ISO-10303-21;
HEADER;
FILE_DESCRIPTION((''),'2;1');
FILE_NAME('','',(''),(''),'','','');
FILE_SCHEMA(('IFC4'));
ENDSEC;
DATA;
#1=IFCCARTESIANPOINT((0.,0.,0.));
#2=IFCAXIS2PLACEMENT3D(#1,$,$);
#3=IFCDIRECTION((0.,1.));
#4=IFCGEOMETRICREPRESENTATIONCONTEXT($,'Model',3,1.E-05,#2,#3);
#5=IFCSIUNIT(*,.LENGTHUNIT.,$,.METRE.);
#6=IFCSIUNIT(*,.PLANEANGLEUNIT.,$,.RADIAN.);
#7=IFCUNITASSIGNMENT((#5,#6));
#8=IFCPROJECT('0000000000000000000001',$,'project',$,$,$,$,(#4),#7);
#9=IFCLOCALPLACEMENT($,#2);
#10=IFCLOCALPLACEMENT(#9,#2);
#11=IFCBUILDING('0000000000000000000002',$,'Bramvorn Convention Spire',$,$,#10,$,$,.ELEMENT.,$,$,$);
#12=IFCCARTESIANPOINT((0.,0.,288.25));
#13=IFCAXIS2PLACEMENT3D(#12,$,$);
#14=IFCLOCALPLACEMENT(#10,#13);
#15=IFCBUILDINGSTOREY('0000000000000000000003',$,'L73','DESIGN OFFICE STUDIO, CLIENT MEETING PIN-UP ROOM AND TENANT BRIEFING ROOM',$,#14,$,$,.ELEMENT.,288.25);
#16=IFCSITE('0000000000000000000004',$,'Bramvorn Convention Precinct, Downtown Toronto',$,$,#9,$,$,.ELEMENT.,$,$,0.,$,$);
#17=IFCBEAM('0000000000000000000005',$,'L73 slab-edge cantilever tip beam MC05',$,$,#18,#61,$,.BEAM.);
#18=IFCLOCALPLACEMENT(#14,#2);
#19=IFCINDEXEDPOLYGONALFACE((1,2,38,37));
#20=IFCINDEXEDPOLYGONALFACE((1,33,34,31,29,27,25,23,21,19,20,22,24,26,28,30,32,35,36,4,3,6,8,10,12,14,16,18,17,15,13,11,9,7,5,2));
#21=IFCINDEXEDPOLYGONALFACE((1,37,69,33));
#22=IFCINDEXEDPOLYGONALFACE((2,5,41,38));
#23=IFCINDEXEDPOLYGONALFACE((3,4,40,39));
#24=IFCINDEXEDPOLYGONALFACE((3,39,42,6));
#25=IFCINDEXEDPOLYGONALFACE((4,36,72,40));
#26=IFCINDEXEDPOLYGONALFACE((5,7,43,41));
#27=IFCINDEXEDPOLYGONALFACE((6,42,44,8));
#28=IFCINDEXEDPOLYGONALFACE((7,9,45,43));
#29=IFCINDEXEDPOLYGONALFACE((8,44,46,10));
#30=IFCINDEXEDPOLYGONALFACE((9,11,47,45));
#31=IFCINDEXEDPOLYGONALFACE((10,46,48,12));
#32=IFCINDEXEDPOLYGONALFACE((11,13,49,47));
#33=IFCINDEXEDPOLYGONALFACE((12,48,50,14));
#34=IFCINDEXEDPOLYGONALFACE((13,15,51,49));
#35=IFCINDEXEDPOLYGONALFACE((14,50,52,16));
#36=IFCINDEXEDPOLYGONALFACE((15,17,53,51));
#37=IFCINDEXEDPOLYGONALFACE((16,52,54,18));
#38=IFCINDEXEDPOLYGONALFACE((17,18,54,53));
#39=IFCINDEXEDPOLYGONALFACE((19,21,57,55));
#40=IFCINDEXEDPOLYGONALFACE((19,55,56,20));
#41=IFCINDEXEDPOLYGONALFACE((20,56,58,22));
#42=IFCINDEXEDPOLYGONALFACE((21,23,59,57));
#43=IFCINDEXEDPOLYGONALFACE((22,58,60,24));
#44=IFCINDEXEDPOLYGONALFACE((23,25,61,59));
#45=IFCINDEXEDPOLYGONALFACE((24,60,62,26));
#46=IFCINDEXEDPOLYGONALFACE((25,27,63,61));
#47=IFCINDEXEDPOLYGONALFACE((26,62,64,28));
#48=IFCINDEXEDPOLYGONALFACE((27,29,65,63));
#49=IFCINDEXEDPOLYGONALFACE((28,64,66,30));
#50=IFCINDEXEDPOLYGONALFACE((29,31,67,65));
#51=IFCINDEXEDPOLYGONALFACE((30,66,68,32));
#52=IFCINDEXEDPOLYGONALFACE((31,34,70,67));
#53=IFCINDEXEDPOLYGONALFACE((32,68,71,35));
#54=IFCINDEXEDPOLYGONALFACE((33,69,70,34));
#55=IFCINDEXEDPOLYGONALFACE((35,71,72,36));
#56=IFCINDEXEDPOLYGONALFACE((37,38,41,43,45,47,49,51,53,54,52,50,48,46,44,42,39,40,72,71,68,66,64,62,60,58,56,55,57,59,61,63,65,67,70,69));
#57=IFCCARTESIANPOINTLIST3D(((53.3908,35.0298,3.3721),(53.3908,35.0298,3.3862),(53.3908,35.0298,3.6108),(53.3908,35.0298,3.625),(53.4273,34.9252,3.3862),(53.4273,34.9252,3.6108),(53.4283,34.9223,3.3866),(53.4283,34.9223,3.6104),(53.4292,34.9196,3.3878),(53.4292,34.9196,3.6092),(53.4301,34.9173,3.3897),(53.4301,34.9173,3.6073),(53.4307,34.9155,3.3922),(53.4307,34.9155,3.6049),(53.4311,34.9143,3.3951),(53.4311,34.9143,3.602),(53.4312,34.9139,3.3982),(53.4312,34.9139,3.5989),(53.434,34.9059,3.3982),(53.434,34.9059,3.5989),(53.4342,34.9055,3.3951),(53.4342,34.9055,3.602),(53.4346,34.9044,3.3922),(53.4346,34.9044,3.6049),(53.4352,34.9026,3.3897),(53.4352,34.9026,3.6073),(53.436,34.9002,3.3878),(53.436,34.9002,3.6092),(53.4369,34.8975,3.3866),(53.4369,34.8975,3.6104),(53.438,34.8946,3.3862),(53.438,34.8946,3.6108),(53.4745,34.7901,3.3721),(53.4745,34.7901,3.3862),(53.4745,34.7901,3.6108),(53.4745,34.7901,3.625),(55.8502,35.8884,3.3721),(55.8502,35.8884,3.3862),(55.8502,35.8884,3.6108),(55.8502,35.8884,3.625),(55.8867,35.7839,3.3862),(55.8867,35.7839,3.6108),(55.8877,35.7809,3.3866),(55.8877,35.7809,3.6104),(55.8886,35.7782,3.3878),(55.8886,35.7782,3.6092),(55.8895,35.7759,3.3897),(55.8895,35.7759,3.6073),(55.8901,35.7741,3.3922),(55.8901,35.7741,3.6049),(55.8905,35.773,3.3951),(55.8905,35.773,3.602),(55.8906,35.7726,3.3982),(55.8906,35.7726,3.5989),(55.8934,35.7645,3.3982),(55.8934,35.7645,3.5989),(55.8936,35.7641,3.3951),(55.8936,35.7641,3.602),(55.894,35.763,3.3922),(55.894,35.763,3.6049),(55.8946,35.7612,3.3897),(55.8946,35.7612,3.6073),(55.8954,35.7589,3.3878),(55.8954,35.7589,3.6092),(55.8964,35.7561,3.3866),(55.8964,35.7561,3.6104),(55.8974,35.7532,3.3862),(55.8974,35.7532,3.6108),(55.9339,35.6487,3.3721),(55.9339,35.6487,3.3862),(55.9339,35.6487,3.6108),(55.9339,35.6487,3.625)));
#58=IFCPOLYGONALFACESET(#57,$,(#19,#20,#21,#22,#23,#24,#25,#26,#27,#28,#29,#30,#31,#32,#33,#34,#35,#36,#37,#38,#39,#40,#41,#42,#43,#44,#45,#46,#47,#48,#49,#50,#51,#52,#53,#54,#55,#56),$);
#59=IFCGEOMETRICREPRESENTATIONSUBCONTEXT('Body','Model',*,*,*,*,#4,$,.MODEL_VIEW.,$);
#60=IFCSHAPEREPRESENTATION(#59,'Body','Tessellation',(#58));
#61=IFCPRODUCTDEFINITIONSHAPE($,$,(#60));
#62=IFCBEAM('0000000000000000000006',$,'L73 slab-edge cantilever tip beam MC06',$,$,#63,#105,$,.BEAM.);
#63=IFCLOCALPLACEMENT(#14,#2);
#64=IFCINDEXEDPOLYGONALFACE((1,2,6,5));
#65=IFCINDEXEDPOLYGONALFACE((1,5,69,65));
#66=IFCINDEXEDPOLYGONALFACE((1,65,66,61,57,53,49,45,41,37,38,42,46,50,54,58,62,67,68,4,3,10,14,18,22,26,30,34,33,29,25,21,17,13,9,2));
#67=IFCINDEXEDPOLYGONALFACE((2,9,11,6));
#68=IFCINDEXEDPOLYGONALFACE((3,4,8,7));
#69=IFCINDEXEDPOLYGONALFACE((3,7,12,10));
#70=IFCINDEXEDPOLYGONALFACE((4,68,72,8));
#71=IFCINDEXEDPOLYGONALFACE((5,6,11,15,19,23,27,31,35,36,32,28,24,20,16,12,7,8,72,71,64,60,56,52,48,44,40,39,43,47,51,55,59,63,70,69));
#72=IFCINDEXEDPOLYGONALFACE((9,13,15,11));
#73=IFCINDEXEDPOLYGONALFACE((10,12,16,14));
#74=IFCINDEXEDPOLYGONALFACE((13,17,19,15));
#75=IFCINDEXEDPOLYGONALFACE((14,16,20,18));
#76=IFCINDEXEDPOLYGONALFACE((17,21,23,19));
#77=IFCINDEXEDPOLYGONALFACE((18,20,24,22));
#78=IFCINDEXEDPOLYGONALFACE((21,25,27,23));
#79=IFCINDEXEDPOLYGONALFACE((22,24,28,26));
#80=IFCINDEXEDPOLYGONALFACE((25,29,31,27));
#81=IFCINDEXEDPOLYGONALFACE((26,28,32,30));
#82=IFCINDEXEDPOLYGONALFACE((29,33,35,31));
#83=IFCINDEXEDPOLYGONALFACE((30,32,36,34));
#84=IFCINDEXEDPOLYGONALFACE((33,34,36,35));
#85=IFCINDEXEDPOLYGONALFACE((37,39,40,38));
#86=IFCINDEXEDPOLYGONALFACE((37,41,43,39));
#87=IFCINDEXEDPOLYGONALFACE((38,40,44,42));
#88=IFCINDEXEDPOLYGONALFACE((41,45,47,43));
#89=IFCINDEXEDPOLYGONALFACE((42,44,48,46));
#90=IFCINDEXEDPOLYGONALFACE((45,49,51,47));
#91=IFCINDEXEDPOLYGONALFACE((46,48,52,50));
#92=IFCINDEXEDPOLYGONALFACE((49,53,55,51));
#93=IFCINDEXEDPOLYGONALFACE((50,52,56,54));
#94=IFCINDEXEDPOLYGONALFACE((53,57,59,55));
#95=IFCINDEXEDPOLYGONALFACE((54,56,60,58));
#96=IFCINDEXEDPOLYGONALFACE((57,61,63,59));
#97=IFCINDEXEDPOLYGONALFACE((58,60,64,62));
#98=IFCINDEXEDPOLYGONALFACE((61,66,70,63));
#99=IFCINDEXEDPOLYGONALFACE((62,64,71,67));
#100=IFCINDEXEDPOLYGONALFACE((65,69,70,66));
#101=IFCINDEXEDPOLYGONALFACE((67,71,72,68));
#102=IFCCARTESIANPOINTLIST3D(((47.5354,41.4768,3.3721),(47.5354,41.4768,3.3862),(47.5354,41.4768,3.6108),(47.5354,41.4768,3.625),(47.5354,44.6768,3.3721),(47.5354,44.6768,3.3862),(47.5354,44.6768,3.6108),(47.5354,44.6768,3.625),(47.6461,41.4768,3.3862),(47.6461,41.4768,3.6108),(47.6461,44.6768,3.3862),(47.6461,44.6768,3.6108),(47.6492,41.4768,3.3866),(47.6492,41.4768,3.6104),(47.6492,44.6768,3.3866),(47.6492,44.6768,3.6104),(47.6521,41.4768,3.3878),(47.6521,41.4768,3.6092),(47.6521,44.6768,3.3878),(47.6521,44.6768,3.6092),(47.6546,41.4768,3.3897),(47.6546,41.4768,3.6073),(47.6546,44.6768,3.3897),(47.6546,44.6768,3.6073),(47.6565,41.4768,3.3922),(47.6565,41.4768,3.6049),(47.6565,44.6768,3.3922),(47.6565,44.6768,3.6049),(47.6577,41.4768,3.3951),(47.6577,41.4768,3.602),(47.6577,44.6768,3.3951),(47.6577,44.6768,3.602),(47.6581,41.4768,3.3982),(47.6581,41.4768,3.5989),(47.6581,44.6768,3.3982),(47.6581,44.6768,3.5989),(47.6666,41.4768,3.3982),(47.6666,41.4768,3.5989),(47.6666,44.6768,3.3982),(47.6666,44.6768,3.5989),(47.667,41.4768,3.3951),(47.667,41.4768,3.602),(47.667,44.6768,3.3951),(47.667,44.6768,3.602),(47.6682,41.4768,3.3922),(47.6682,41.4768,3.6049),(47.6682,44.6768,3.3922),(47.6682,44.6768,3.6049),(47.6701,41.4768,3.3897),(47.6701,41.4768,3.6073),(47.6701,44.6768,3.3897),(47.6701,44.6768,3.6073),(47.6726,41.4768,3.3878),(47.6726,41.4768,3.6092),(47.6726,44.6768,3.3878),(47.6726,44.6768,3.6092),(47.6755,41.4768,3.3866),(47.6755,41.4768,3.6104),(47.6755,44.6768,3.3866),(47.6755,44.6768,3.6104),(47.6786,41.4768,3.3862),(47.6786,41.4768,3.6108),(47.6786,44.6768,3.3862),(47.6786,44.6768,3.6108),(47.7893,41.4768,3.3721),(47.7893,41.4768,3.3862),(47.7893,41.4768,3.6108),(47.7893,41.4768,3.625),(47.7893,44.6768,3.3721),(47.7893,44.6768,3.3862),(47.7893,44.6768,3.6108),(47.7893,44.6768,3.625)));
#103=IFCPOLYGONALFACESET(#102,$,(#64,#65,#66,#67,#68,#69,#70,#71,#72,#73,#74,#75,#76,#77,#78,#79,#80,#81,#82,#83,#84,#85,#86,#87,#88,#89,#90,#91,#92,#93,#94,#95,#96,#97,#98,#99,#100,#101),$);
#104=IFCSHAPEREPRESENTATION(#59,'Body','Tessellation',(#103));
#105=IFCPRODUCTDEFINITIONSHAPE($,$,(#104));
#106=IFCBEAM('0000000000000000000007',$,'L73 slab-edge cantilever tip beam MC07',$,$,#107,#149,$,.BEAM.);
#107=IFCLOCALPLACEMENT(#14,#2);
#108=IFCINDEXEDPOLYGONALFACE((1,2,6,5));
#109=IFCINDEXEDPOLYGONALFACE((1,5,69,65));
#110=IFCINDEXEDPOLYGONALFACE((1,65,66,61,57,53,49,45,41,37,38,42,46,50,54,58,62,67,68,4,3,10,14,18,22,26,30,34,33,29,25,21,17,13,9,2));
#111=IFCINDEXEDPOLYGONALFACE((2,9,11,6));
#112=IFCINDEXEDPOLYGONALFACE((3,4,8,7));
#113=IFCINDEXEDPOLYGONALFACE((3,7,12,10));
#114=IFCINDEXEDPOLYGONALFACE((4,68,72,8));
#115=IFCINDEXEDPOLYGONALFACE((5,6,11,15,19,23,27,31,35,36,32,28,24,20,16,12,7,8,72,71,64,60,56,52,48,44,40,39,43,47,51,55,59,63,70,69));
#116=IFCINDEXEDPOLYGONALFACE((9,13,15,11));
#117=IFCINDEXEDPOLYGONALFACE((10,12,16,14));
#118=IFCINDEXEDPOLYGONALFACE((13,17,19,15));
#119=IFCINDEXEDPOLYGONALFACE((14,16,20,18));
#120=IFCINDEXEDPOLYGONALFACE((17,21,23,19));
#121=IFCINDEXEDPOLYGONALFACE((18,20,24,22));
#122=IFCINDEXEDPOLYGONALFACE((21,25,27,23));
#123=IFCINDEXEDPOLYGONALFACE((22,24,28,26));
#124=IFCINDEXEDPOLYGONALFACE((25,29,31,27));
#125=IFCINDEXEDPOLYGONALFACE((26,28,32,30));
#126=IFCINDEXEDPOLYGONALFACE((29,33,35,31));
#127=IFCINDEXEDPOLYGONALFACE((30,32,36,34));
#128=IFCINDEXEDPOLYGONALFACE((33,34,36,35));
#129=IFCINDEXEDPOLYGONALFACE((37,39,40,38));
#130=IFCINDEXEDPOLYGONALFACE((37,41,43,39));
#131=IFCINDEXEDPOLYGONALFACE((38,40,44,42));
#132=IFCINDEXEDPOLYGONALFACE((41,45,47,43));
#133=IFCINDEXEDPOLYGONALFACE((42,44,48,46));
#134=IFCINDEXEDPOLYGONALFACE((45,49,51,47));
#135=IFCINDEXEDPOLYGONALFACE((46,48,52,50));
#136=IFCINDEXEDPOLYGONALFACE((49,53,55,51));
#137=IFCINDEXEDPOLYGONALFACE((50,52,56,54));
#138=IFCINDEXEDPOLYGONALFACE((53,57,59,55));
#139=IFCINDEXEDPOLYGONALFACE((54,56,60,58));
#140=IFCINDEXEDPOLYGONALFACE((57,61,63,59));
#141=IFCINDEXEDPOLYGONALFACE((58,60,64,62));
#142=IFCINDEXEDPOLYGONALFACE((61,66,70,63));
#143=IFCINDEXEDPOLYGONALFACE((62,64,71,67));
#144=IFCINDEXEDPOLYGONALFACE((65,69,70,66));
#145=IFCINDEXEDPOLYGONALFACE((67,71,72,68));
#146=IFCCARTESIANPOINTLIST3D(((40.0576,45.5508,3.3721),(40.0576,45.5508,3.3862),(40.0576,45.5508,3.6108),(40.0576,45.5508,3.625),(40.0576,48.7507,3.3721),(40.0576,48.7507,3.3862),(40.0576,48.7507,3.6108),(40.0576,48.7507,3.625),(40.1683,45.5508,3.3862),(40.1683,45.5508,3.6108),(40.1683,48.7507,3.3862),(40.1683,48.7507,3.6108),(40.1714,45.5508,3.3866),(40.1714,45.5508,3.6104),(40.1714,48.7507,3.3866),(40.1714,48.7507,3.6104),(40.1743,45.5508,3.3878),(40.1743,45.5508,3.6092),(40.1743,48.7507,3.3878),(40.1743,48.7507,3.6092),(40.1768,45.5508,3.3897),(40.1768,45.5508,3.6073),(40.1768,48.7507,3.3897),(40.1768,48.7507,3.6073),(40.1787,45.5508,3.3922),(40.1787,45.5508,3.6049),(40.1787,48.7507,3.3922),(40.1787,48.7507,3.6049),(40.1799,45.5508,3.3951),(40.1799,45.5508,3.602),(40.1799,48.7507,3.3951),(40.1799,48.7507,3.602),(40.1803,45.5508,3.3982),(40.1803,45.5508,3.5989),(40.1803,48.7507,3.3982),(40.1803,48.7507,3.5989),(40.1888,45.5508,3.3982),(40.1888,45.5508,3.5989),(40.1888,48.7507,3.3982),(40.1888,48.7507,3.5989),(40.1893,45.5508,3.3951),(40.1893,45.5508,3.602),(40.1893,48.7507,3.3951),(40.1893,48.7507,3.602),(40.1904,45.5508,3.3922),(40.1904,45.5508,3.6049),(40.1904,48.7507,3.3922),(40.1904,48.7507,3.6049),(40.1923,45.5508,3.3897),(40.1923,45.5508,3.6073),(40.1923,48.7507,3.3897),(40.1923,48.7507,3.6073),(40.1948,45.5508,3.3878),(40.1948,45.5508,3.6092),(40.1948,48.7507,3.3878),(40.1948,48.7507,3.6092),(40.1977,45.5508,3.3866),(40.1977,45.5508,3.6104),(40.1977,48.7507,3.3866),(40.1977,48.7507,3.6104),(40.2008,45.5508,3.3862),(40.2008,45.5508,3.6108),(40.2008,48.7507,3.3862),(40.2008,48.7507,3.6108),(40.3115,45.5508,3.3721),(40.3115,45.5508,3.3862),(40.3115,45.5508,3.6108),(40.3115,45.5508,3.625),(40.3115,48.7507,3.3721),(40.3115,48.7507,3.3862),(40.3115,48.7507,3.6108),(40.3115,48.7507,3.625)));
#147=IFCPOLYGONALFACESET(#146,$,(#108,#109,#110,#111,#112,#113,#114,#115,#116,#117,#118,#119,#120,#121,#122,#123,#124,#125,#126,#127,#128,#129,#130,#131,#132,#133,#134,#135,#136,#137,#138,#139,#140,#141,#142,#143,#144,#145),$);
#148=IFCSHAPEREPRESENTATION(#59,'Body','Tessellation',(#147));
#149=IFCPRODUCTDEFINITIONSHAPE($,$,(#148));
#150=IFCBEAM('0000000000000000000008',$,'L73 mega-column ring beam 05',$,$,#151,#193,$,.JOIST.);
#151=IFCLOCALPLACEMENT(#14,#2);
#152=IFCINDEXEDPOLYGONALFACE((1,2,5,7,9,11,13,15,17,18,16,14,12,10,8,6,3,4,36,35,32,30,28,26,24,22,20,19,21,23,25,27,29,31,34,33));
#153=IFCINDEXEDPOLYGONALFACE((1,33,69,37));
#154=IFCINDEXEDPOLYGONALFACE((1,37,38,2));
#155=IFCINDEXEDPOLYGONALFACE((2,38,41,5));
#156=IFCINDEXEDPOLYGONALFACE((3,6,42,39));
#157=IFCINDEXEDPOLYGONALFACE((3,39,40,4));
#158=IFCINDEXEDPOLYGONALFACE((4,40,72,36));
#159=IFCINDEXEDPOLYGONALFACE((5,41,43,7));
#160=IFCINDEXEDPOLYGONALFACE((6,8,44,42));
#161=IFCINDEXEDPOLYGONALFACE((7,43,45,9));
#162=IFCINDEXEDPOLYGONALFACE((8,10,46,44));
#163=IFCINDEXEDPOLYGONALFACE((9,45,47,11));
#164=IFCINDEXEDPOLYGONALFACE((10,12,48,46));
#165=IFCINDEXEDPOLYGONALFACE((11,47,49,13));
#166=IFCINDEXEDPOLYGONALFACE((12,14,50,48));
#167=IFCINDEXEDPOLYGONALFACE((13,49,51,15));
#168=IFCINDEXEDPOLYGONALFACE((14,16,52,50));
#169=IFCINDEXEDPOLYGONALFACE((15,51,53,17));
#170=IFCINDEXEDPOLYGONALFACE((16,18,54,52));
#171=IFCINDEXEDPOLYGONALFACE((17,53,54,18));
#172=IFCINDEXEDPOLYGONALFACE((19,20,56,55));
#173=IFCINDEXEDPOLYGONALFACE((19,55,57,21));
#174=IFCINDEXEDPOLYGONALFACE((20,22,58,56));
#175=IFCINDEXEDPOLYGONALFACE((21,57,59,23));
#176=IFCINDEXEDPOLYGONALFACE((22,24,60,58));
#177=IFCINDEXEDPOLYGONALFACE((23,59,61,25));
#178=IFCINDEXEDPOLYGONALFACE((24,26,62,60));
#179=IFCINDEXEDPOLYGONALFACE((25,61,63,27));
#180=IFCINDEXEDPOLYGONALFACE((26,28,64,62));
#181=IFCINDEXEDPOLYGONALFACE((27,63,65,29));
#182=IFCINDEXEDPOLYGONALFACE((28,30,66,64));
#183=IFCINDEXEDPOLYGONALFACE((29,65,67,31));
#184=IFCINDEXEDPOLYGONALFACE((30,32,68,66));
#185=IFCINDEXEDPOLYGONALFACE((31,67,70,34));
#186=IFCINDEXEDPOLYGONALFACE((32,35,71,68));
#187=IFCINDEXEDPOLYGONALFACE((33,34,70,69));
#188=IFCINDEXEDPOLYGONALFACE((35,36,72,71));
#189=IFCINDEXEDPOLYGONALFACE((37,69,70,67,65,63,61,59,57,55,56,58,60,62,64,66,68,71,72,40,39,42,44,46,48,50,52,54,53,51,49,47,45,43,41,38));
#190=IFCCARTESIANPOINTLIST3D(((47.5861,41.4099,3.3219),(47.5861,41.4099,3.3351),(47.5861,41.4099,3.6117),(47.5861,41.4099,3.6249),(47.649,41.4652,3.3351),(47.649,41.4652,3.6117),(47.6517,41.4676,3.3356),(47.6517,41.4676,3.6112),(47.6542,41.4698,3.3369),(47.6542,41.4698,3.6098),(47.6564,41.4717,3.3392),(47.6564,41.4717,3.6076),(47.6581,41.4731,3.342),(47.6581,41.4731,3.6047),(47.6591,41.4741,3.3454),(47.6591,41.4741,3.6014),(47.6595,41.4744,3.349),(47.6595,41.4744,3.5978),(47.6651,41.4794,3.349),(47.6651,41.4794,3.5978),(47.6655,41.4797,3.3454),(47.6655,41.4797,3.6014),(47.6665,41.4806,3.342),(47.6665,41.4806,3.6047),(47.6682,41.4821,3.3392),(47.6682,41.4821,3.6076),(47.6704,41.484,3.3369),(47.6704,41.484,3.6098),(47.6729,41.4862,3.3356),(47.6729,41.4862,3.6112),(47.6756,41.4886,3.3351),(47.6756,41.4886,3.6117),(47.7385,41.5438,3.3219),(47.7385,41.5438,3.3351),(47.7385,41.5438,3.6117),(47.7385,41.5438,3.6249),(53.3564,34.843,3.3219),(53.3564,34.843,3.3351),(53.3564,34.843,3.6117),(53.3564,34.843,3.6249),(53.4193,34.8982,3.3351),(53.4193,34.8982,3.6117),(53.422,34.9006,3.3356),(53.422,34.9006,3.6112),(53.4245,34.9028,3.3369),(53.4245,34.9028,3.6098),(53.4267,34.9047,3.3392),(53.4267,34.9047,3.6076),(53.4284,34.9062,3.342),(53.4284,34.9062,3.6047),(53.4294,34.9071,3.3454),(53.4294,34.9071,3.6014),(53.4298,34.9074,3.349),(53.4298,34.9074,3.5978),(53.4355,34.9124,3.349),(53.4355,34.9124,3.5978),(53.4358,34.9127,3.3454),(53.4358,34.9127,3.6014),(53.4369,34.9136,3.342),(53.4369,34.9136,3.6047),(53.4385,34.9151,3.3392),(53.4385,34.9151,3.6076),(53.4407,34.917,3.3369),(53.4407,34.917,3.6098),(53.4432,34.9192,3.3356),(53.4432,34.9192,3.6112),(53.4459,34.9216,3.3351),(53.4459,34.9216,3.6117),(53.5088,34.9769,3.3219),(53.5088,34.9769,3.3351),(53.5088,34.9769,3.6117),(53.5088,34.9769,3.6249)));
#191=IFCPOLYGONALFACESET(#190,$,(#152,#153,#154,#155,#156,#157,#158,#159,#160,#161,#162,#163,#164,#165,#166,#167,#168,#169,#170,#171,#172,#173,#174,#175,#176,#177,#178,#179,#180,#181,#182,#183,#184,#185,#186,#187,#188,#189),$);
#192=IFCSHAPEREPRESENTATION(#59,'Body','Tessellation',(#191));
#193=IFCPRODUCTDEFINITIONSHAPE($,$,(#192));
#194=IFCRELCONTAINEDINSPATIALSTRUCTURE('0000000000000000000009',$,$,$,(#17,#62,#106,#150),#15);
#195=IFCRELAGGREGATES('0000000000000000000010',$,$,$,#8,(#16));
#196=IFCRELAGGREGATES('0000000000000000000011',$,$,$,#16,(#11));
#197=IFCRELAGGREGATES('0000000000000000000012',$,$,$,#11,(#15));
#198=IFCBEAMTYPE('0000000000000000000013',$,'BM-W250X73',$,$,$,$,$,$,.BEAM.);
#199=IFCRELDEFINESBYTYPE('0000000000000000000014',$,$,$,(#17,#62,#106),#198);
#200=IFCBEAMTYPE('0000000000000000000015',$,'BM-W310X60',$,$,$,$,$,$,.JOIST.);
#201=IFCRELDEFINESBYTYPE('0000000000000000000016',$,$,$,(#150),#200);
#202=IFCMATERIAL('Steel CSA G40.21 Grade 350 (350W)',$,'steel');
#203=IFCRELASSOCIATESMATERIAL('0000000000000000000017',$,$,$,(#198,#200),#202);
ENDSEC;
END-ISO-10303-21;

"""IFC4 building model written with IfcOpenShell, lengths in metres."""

from ifc_helpers import new_model, si_unit, direction, frame, origin, origin_2d, place, context, subcontext, project, spatial, i_section, extrude, material, material_profile, profile_set, type_object, element, save


model = new_model("IFC4")

# Units and contexts
model_context = context("Model", 3, precision=1e-05, world=origin(), true_north=direction((0.0, 1.0)))
body_context = subcontext(model_context, "Body", "Model", "MODEL_VIEW")
ifc_project = project(units=[si_unit("LENGTHUNIT", "METRE"), si_unit("PLANEANGLEUNIT", "RADIAN")], contexts=[model_context])

# Site, building, storey
site_placement = place(None, origin())
site = spatial("IfcSite", under=ifc_project, at=site_placement, Name="Bramvorn Convention Precinct, Downtown Toronto", CompositionType="ELEMENT", RefElevation=0.0)
building_placement = place(site_placement, origin())
building = spatial("IfcBuilding", under=site, at=building_placement, Name="Bramvorn Convention Spire", CompositionType="ELEMENT")
storey_placement = place(building_placement, frame((0.0, 0.0, 288.25)))
storey = spatial("IfcBuildingStorey", under=building, at=storey_placement, Name="L73", Description="DESIGN OFFICE STUDIO, CLIENT MEETING PIN-UP ROOM AND TENANT BRIEFING ROOM", CompositionType="ELEMENT", Elevation=288.25)

# Shared definitions
ifc_material_1 = material(Name="Steel CSA G40.21 Grade 350 (350W)", Category="steel")

# Beams
ifc_material_profile_1 = material_profile(ifc_material_1, i_section(OverallWidth=0.2539, OverallDepth=0.2529, WebThickness=0.0085, FlangeThickness=0.0142, FilletRadius=0.012, at=origin_2d()))
ifc_profile_set_1 = profile_set([ifc_material_profile_1], Name="Steel CSA G40.21 Grade 350 (350W) - W250X73")
beam_type_1 = type_object("IfcBeamType", Name="BM-W250X73", PredefinedType="BEAM", material=ifc_profile_set_1)
beam_1_placement = place(storey_placement, frame((53.4326, 34.9099, 3.4985), z_axis=(0.944118, 0.329607, 0.0), x_axis=(-0.329607, 0.944118, 0.0)))
element("IfcBeam", 1, at=beam_1_placement, inside=storey, type_object=beam_type_1, Name="L73 slab-edge cantilever tip beam MC05", PredefinedType="BEAM", context=body_context, shape_type="SweptSolid", body=[
    extrude(i_section(OverallWidth=0.2539, OverallDepth=0.2529, WebThickness=0.0085, FlangeThickness=0.0142, FilletRadius=0.012, at=origin_2d()), origin(), (0.0, 0.0, 1.0), 2.605),
])
for number, where, z_axis, x_axis, name in (
    (2, (47.6624, 41.4768, 3.4985), (0.0, 1.0, 0.0), (-1.0, 0.0, 0.0), "L73 slab-edge cantilever tip beam MC06"),
    (3, (40.1846, 45.5508, 3.4985), (0.0, 1.0, 0.0), (-1.0, 0.0, 0.0), "L73 slab-edge cantilever tip beam MC07"),
):
    element("IfcBeam", number, at=place(storey_placement, frame(where, z_axis=z_axis, x_axis=x_axis)), inside=storey, type_object=beam_type_1, Name=name, PredefinedType="BEAM", context=body_context, shape_type="SweptSolid", body=[
        extrude(i_section(OverallWidth=0.2539, OverallDepth=0.2529, WebThickness=0.0085, FlangeThickness=0.0142, FilletRadius=0.012, at=origin_2d()), origin(), (0.0, 0.0, 1.0), 3.2),
    ])
ifc_material_profile_2 = material_profile(ifc_material_1, i_section(OverallWidth=0.2029, OverallDepth=0.303, WebThickness=0.0076, FlangeThickness=0.0132, FilletRadius=0.0139, at=origin_2d()))
ifc_profile_set_2 = profile_set([ifc_material_profile_2], Name="Steel CSA G40.21 Grade 350 (350W) - W310X60")
beam_type_2 = type_object("IfcBeamType", Name="BM-W310X60", PredefinedType="JOIST", material=ifc_profile_set_2)
beam_2_placement = place(storey_placement, frame((53.4326, 34.9099, 3.4734), z_axis=(-0.660073, 0.751201, 0.0), x_axis=(-0.751201, -0.660073, 0.0)))
element("IfcBeam", 4, at=beam_2_placement, inside=storey, type_object=beam_type_2, Name="L73 mega-column ring beam 05", PredefinedType="JOIST", context=body_context, shape_type="SweptSolid", body=[
    extrude(i_section(OverallWidth=0.2029, OverallDepth=0.303, WebThickness=0.0076, FlangeThickness=0.0132, FilletRadius=0.0139, at=origin_2d()), origin(), (0.0, 0.0, 1.0), 8.7419),
])

save(model, "model.ifc")
